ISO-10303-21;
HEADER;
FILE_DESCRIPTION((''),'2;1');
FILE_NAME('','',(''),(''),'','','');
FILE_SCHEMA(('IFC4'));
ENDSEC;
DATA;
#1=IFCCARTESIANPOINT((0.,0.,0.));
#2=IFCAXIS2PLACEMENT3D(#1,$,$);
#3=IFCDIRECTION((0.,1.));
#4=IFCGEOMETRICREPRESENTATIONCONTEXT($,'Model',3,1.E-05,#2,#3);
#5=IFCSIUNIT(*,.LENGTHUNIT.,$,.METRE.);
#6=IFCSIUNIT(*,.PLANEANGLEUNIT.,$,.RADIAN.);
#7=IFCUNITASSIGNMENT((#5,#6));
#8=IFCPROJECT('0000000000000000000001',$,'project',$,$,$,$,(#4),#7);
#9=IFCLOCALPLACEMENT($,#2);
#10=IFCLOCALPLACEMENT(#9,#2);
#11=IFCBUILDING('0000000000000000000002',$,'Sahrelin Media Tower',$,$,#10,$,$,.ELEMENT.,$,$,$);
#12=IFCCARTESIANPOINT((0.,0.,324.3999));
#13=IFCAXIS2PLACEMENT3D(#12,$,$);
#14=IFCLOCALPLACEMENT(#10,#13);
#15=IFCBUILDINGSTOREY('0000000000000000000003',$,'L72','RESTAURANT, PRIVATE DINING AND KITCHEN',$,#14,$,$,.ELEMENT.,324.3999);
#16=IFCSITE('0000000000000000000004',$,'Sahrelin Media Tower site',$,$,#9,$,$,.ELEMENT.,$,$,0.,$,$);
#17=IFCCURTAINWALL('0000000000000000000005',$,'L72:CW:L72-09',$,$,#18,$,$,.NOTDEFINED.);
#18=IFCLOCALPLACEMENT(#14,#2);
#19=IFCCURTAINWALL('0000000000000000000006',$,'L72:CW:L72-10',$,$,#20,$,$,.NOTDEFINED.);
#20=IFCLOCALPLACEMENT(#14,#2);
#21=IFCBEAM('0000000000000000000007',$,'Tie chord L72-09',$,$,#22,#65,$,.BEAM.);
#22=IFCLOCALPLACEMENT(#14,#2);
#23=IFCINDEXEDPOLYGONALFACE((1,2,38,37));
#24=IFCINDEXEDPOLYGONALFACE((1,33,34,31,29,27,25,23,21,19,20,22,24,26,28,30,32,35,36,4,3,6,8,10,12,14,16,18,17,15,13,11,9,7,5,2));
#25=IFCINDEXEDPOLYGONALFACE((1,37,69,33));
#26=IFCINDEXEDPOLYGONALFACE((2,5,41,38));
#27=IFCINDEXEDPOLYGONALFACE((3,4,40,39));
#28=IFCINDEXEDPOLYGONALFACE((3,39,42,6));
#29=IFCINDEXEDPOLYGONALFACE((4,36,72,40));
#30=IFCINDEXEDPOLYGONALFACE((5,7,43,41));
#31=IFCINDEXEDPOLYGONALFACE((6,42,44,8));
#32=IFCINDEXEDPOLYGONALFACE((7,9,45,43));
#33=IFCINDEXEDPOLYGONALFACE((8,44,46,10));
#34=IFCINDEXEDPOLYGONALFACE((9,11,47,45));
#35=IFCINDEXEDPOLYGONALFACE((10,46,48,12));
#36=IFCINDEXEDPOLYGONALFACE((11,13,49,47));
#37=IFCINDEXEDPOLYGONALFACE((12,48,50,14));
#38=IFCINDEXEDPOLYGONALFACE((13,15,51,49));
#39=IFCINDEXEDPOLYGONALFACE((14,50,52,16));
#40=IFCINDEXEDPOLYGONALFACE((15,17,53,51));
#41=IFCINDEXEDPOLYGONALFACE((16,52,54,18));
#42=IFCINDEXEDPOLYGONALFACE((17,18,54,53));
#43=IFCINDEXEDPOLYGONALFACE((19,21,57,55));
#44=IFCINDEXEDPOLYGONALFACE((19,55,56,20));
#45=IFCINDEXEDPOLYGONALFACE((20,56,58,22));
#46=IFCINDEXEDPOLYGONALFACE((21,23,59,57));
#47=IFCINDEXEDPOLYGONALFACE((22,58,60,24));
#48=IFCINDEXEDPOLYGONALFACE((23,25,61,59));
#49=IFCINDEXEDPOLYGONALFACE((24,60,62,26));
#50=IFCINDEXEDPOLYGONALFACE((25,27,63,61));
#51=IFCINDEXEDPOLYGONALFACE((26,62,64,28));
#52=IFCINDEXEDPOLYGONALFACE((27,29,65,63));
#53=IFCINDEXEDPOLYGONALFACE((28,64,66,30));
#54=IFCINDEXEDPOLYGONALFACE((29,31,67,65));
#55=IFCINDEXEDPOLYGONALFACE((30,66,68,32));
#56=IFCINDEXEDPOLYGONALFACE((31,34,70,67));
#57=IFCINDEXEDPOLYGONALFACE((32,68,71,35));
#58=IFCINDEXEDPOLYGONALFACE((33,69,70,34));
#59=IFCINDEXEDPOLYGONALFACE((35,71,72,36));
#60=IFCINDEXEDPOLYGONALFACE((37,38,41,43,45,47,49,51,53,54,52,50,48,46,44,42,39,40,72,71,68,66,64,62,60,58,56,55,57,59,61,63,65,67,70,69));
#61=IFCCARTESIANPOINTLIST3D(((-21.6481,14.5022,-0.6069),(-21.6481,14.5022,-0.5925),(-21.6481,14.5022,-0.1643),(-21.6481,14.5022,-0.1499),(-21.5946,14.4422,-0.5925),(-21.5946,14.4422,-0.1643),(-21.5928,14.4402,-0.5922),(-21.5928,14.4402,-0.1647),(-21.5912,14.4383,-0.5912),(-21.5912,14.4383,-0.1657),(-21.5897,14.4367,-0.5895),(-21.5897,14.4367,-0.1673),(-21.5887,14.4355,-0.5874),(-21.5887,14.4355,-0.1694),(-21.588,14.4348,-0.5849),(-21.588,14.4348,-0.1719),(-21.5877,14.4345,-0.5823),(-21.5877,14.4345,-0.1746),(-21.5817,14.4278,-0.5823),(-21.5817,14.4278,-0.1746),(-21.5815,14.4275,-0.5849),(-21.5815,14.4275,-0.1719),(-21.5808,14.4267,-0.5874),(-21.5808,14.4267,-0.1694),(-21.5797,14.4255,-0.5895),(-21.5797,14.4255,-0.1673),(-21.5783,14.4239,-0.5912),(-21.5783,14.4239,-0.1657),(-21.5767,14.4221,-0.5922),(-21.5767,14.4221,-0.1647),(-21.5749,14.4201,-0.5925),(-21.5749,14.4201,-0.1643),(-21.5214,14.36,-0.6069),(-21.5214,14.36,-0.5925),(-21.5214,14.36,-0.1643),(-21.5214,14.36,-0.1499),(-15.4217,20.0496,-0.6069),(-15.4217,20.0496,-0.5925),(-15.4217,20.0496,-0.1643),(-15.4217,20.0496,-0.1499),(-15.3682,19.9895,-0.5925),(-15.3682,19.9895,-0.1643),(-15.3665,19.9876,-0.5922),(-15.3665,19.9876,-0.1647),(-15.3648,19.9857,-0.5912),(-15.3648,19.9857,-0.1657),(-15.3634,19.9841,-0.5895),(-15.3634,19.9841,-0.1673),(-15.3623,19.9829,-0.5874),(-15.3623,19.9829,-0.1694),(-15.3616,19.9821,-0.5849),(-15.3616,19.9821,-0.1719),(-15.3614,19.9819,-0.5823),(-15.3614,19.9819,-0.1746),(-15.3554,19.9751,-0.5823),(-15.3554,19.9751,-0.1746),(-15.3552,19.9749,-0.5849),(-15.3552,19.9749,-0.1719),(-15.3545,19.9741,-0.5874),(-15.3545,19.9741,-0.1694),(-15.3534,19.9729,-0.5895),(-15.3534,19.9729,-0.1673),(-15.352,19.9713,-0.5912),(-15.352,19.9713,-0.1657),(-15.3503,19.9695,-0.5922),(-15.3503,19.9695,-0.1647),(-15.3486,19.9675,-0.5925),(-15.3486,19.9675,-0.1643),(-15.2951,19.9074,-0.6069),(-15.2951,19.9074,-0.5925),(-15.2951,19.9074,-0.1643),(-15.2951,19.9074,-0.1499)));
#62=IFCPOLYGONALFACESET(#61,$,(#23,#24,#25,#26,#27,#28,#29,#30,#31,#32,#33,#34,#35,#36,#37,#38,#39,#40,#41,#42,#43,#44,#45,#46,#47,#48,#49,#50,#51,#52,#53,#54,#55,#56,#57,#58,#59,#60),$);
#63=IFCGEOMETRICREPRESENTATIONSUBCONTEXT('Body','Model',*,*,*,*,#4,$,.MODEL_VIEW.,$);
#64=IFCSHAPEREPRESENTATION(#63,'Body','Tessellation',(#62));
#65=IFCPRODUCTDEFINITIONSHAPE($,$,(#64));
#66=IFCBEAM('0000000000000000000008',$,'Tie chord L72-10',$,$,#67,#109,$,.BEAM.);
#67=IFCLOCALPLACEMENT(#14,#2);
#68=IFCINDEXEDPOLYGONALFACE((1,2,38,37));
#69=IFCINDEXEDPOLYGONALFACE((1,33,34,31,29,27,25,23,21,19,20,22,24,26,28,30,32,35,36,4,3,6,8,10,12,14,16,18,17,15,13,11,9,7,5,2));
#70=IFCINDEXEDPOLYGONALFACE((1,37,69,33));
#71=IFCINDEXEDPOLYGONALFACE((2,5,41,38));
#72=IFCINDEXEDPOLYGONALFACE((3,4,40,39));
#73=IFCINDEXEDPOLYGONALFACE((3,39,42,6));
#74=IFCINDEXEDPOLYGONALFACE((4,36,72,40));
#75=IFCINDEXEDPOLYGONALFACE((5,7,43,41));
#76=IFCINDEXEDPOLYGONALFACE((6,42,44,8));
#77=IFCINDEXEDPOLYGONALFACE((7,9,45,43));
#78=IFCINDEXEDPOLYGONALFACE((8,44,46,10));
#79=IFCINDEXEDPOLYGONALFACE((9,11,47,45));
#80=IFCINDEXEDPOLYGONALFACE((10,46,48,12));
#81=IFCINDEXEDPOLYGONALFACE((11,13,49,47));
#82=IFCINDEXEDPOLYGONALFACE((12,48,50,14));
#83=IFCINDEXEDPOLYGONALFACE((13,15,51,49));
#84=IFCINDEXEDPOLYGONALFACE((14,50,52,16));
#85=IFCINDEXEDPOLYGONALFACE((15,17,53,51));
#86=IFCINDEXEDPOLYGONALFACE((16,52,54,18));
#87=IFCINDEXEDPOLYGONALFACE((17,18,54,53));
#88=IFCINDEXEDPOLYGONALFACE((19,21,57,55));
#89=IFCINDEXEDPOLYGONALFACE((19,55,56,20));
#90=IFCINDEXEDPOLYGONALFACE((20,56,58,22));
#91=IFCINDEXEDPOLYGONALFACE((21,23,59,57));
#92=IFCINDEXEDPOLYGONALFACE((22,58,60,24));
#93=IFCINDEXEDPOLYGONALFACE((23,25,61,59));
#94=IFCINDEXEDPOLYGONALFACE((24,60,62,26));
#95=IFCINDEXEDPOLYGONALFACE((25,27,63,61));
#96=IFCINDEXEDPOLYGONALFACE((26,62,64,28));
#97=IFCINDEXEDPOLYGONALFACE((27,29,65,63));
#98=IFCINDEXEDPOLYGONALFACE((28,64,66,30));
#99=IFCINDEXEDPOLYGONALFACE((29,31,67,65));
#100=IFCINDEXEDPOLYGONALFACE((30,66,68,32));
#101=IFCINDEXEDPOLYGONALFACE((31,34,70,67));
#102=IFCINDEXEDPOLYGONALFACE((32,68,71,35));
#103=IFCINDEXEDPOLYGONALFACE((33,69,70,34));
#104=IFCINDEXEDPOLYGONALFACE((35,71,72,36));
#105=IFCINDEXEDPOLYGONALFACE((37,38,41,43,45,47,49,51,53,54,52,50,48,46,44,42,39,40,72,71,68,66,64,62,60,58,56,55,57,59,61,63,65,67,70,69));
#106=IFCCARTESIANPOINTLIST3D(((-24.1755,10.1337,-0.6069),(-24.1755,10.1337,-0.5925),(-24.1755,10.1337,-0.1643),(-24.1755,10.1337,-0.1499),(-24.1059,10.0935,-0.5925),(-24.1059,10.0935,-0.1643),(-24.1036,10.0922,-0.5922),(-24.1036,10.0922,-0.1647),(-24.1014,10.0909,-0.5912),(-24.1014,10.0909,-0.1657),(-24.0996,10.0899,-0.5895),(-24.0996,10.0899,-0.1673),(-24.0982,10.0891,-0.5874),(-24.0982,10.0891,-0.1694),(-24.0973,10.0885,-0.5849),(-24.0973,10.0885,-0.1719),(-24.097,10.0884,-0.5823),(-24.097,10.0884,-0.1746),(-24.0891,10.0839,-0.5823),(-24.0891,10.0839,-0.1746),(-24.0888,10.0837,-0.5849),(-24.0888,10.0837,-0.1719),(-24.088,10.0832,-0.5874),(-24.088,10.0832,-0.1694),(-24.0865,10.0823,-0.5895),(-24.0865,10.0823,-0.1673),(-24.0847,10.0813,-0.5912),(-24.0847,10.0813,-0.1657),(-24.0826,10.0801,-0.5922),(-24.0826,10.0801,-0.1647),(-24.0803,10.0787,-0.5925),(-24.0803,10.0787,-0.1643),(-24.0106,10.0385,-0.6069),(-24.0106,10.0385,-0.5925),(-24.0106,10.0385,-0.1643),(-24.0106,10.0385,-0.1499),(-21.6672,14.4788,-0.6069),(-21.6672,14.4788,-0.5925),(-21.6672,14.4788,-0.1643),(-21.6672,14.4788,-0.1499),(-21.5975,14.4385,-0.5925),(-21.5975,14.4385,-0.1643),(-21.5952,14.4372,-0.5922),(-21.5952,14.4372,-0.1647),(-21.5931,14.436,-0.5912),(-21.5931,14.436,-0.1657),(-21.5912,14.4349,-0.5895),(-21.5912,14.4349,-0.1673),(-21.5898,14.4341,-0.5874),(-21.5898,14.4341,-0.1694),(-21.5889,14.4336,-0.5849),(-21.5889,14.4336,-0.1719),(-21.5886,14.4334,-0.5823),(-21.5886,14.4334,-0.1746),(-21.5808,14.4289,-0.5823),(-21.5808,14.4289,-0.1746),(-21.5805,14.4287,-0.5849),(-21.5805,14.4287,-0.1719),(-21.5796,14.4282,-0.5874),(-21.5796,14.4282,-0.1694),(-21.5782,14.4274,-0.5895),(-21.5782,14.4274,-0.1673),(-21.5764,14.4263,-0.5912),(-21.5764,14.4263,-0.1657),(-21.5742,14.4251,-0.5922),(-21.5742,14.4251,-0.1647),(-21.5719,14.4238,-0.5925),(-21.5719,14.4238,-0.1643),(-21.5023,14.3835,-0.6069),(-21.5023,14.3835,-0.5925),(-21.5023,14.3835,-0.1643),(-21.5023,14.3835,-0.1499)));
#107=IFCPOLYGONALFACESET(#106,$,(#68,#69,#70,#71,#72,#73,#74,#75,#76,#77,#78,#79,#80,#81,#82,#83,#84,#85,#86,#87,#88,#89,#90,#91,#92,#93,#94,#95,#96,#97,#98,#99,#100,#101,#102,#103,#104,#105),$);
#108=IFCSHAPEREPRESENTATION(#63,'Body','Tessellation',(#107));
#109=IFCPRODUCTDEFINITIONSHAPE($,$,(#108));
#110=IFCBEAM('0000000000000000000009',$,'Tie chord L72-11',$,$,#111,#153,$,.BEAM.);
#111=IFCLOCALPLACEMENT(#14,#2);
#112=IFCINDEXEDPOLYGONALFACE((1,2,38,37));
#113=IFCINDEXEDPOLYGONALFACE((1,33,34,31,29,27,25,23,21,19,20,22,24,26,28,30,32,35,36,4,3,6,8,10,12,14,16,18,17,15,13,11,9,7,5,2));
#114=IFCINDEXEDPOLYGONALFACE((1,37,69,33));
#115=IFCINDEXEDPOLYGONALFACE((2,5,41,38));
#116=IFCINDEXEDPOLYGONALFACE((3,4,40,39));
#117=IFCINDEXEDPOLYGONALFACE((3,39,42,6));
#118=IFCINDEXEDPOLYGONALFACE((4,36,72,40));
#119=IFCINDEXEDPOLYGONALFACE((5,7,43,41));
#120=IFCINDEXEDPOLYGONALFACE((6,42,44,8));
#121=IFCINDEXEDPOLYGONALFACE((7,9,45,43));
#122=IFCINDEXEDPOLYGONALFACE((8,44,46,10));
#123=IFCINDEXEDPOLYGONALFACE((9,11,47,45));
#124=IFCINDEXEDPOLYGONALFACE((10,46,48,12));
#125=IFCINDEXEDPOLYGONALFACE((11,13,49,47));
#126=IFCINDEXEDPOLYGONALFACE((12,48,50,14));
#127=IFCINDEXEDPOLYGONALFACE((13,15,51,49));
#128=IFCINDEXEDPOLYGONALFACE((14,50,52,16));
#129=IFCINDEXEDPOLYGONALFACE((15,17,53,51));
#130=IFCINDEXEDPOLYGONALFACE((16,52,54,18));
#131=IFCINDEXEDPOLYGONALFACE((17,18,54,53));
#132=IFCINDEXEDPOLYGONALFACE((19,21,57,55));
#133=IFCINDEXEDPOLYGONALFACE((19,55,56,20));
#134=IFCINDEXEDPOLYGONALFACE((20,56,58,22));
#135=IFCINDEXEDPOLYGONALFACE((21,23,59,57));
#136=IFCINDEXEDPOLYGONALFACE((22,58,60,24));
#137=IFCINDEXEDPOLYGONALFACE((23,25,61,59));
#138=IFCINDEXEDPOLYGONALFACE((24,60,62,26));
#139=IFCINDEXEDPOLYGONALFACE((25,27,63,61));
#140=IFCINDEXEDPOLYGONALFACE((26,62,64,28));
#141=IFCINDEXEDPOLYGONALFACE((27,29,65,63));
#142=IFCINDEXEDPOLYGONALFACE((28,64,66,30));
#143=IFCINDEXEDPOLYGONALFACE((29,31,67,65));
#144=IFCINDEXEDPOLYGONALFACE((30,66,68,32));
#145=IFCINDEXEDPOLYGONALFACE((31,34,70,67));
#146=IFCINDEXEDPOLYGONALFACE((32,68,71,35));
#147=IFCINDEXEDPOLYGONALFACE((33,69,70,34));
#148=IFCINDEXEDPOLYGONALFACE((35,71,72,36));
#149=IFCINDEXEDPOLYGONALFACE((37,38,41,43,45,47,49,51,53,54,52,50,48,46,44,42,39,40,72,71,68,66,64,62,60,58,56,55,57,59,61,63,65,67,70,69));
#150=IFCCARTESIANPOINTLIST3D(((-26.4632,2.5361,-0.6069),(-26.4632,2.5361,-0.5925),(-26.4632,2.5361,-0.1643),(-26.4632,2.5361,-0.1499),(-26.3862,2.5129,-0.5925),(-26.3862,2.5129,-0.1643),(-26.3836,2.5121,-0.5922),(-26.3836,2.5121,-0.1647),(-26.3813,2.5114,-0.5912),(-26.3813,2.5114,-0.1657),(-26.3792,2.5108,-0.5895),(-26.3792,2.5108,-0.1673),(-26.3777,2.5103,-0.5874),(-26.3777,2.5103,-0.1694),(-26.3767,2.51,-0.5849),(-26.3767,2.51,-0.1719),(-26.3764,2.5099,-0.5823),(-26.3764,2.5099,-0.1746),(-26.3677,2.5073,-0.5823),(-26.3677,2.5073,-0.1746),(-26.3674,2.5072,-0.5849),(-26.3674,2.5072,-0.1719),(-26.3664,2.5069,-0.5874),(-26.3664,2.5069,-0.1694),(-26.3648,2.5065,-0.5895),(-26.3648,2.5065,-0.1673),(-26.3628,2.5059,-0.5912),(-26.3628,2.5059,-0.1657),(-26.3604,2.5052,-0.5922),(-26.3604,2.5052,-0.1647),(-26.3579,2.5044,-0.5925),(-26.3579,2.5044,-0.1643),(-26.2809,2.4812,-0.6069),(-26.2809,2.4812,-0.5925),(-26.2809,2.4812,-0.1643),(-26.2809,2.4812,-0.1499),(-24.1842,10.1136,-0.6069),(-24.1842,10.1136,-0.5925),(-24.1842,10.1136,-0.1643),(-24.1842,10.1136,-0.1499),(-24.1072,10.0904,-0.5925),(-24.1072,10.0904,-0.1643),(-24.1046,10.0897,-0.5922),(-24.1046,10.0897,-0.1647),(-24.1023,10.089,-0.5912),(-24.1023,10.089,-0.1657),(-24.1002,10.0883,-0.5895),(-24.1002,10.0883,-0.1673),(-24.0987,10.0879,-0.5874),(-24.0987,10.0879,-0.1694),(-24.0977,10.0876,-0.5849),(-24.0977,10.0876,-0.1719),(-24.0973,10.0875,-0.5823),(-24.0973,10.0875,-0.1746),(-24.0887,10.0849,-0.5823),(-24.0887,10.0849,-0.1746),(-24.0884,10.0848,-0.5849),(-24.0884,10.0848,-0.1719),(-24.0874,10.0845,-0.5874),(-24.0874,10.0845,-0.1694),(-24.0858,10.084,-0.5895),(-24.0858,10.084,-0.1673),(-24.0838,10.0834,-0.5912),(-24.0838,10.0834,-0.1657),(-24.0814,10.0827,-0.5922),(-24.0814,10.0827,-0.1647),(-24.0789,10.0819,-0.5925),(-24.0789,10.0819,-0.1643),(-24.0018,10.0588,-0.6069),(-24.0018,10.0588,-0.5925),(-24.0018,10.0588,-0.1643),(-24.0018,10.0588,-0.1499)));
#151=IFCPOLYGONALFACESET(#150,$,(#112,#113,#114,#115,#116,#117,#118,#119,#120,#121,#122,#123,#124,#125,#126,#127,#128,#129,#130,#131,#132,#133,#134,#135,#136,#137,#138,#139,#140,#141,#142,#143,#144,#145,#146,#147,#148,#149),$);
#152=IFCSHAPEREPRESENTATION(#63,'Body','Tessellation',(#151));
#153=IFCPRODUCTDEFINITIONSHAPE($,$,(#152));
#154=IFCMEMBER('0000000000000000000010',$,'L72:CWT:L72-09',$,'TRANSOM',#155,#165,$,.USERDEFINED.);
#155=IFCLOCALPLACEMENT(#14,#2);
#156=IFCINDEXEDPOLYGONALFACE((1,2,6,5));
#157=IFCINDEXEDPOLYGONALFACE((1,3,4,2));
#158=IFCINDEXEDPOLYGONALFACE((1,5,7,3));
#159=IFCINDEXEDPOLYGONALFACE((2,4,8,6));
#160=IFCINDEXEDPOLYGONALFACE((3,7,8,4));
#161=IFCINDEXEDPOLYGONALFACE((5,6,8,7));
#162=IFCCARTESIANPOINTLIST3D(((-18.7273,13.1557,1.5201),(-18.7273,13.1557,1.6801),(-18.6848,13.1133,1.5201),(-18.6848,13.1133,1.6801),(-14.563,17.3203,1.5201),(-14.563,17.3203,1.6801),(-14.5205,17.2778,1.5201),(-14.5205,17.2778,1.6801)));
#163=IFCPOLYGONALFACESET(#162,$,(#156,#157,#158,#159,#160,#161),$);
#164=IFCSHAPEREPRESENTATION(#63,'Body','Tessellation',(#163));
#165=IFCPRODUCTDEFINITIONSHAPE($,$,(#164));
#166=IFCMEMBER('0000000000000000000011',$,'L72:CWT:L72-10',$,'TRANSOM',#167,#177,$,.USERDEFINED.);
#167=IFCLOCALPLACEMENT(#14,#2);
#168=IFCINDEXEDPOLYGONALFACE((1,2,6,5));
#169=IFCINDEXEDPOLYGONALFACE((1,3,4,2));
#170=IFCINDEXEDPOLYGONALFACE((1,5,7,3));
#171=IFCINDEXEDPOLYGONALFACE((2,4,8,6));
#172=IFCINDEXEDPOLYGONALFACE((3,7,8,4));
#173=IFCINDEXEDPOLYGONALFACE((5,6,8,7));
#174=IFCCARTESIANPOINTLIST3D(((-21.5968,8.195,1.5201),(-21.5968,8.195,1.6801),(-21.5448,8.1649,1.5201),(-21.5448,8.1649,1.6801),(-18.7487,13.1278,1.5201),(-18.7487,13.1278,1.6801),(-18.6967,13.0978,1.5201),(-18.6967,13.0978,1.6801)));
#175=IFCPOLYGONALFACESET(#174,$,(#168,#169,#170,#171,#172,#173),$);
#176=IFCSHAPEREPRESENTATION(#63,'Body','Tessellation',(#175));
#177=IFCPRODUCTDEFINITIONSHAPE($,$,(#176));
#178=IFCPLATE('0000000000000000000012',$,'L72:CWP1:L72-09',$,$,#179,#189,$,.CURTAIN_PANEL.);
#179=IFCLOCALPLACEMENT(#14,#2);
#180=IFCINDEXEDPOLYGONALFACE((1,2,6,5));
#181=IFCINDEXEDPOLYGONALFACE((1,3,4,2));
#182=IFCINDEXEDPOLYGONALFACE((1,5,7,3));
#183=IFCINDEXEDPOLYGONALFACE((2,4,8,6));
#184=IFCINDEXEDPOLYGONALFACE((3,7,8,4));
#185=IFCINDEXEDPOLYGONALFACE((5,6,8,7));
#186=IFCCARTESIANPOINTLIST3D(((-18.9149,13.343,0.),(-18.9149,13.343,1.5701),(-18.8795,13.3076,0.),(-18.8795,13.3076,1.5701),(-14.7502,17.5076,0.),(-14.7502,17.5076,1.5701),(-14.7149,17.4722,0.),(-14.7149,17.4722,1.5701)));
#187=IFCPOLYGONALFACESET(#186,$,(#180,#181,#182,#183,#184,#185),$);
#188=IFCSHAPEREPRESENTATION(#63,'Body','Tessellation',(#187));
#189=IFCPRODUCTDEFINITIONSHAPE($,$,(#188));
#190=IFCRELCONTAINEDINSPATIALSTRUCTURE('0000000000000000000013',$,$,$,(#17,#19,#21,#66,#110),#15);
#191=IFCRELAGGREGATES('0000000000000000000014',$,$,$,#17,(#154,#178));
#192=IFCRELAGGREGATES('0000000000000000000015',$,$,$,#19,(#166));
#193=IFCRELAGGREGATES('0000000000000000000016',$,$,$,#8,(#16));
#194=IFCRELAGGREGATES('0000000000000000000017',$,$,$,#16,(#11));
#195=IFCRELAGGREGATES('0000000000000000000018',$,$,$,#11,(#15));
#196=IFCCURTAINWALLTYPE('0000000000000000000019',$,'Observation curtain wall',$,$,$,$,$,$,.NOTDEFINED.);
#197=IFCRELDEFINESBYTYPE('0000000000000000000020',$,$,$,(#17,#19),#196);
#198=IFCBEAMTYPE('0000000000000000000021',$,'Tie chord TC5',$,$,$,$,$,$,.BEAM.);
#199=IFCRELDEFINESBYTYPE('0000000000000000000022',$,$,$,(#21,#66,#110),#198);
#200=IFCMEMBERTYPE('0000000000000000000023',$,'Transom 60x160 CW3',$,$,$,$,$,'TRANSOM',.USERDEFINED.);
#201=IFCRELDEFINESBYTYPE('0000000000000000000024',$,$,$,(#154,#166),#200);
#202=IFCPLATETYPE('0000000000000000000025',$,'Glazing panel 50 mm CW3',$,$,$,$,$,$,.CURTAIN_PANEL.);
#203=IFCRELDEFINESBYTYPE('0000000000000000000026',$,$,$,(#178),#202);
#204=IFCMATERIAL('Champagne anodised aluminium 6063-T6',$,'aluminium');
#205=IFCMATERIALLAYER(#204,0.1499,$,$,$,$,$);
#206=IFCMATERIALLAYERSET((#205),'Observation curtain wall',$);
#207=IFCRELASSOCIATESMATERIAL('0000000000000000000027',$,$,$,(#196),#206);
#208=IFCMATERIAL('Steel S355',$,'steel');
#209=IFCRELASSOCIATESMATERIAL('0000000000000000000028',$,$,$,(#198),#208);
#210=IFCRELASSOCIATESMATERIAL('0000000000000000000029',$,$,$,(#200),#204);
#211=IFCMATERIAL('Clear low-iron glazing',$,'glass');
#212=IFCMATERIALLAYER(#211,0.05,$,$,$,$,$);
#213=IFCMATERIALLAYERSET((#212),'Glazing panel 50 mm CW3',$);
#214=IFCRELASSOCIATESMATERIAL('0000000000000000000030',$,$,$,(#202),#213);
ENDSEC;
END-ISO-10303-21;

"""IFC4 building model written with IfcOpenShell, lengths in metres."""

from ifc_helpers import new_model, si_unit, direction, frame, origin, origin_2d, place, context, subcontext, project, spatial, polyline, rectangle, i_section, outline, extrude, material, layer, layer_set, material_profile, profile_set, type_object, element, aggregate, save


model = new_model("IFC4")

# Units and contexts
model_context = context("Model", 3, precision=1e-05, world=origin(), true_north=direction((0.0, 1.0)))
body_context = subcontext(model_context, "Body", "Model", "MODEL_VIEW")
ifc_project = project(units=[si_unit("LENGTHUNIT", "METRE"), si_unit("PLANEANGLEUNIT", "RADIAN")], contexts=[model_context])

# Site, building, storey
site_placement = place(None, origin())
site = spatial("IfcSite", under=ifc_project, at=site_placement, Name="Sahrelin Media Tower site", CompositionType="ELEMENT", RefElevation=0.0)
building_placement = place(site_placement, origin())
building = spatial("IfcBuilding", under=site, at=building_placement, Name="Sahrelin Media Tower", CompositionType="ELEMENT")
storey_placement = place(building_placement, frame((0.0, 0.0, 324.3999)))
storey = spatial("IfcBuildingStorey", under=building, at=storey_placement, Name="L72", Description="RESTAURANT, PRIVATE DINING AND KITCHEN", CompositionType="ELEMENT", Elevation=324.3999)

# Shared definitions
ifc_material_1 = material(Name="Steel S355", Category="steel")

# Curtain walls
ifc_material_2 = material(Name="Champagne anodised aluminium 6063-T6", Category="aluminium")
ifc_layer_1 = layer(ifc_material_2, 0.1499)
ifc_layer_set_1 = layer_set([ifc_layer_1], Name="Observation curtain wall")
curtain_wall_type = type_object("IfcCurtainWallType", Name="Observation curtain wall", PredefinedType="NOTDEFINED", material=ifc_layer_set_1)
curtain_wall_1_placement = place(storey_placement, frame((-16.8184, 15.4111, 0.0), z_axis=(0.0, 0.0, 1.0), x_axis=(1.0, 0.0, 0.0)))
curtain_wall_1 = element("IfcCurtainWall", 1, at=curtain_wall_1_placement, inside=storey, type_object=curtain_wall_type, Name="L72:CW:L72-09", PredefinedType="NOTDEFINED")
curtain_wall_2_placement = place(storey_placement, frame((-20.385, 10.7837, 0.0), z_axis=(0.0, 0.0, 1.0), x_axis=(1.0, 0.0, 0.0)))
curtain_wall_2 = element("IfcCurtainWall", 2, at=curtain_wall_2_placement, inside=storey, type_object=curtain_wall_type, Name="L72:CW:L72-10", PredefinedType="NOTDEFINED")

# Beams
ifc_material_profile_1 = material_profile(ifc_material_1, i_section(OverallWidth=0.1904, OverallDepth=0.457, WebThickness=0.009, FlangeThickness=0.0144, FilletRadius=0.0103, at=origin_2d()), Name="UB 457x191x74")
ifc_profile_set_1 = profile_set([ifc_material_profile_1], Name="Steel S355")
beam_type_1 = type_object("IfcBeamType", Name="Tie chord TC5", PredefinedType="BEAM", material=ifc_profile_set_1)
beam_1_placement = place(storey_placement, frame((-15.3584, 19.9785, -0.3784), z_axis=(-0.746643, -0.665225, 0.0), x_axis=(0.665225, -0.746643, 0.0)))
element("IfcBeam", 3, at=beam_1_placement, inside=storey, type_object=beam_type_1, Name="Tie chord L72-09", PredefinedType="BEAM", context=body_context, shape_type="SweptSolid", body=[
    extrude(i_section(OverallWidth=0.1904, OverallDepth=0.457, WebThickness=0.009, FlangeThickness=0.0144, FilletRadius=0.0103, at=origin_2d()), origin(), (0.0, 0.0, 1.0), 8.3391),
])
beam_2_placement = place(storey_placement, frame((-21.5847, 14.4312, -0.3784), z_axis=(-0.49996, -0.866049, 0.0), x_axis=(0.866049, -0.49996, 0.0)))
element("IfcBeam", 4, at=beam_2_placement, inside=storey, type_object=beam_type_1, Name="Tie chord L72-10", PredefinedType="BEAM", context=body_context, shape_type="SweptSolid", body=[
    extrude(i_section(OverallWidth=0.1904, OverallDepth=0.457, WebThickness=0.009, FlangeThickness=0.0144, FilletRadius=0.0103, at=origin_2d()), origin(), (0.0, 0.0, 1.0), 5.0171),
])
beam_3_placement = place(storey_placement, frame((-24.093, 10.0862, -0.3784), z_axis=(-0.288016, -0.957626, 0.0), x_axis=(0.957626, -0.288016, 0.0)))
element("IfcBeam", 5, at=beam_3_placement, inside=storey, type_object=beam_type_1, Name="Tie chord L72-11", PredefinedType="BEAM", context=body_context, shape_type="SweptSolid", body=[
    extrude(i_section(OverallWidth=0.1904, OverallDepth=0.457, WebThickness=0.009, FlangeThickness=0.0144, FilletRadius=0.0103, at=origin_2d()), origin(), (0.0, 0.0, 1.0), 7.9128),
])

# Members
ifc_material_profile_2 = material_profile(ifc_material_2, rectangle(XDim=0.0601, YDim=0.1599, at=origin_2d()), Name="Transom 60x160")
ifc_profile_set_2 = profile_set([ifc_material_profile_2], Name="Champagne anodised aluminium 6063-T6")
member_type_1 = type_object("IfcMemberType", Name="Transom 60x160 CW3", ElementType="TRANSOM", PredefinedType="USERDEFINED", material=ifc_profile_set_2)
member_1_placement = place(storey_placement, frame((-14.5417, 17.2991, 1.6001), z_axis=(-0.707086, -0.707128, 0.0), x_axis=(0.707128, -0.707086, 0.0)))
member_1 = element("IfcMember", 6, at=member_1_placement, type_object=member_type_1, Name="L72:CWT:L72-09", ObjectType="TRANSOM", PredefinedType="USERDEFINED", context=body_context, shape_type="SweptSolid", body=[
    extrude(rectangle(XDim=0.0601, YDim=0.1599, at=origin_2d()), origin(), (0.0, 0.0, 1.0), 5.8894),
])
member_2_placement = place(storey_placement, frame((-18.7227, 13.1128, 1.6001), z_axis=(-0.500021, -0.866014, 0.0), x_axis=(0.866014, -0.500021, 0.0)))
member_2 = element("IfcMember", 7, at=member_2_placement, type_object=member_type_1, Name="L72:CWT:L72-10", ObjectType="TRANSOM", PredefinedType="USERDEFINED", context=body_context, shape_type="SweptSolid", body=[
    extrude(rectangle(XDim=0.0601, YDim=0.1599, at=origin_2d()), origin(), (0.0, 0.0, 1.0), 5.696),
])

# Plate
ifc_material_3 = material(Name="Clear low-iron glazing", Category="glass")
ifc_layer_2 = layer(ifc_material_3, 0.05)
ifc_layer_set_2 = layer_set([ifc_layer_2], Name="Glazing panel 50 mm CW3")
plate_type = type_object("IfcPlateType", Name="Glazing panel 50 mm CW3", PredefinedType="CURTAIN_PANEL", material=ifc_layer_set_2)
plate_1_placement = place(storey_placement, frame((-14.7502, 17.5076, 0.0), z_axis=(-0.707107, 0.707107, 0.0), x_axis=(-0.707107, -0.707107, 0.0)))
plate_1 = element("IfcPlate", 8, at=plate_1_placement, type_object=plate_type, Name="L72:CWP1:L72-09", PredefinedType="CURTAIN_PANEL", context=body_context, shape_type="SweptSolid", body=[
    extrude(outline(polyline([(0.0, 0.0), (5.8896, 0.0), (5.8896, 1.5701), (0.0, 1.5701), (0.0, 0.0)])), origin(), (0.0, 0.0, -1.0), 0.05),
])
aggregate(curtain_wall_1, [member_1, plate_1])
aggregate(curtain_wall_2, [member_2])

save(model, "model.ifc")
